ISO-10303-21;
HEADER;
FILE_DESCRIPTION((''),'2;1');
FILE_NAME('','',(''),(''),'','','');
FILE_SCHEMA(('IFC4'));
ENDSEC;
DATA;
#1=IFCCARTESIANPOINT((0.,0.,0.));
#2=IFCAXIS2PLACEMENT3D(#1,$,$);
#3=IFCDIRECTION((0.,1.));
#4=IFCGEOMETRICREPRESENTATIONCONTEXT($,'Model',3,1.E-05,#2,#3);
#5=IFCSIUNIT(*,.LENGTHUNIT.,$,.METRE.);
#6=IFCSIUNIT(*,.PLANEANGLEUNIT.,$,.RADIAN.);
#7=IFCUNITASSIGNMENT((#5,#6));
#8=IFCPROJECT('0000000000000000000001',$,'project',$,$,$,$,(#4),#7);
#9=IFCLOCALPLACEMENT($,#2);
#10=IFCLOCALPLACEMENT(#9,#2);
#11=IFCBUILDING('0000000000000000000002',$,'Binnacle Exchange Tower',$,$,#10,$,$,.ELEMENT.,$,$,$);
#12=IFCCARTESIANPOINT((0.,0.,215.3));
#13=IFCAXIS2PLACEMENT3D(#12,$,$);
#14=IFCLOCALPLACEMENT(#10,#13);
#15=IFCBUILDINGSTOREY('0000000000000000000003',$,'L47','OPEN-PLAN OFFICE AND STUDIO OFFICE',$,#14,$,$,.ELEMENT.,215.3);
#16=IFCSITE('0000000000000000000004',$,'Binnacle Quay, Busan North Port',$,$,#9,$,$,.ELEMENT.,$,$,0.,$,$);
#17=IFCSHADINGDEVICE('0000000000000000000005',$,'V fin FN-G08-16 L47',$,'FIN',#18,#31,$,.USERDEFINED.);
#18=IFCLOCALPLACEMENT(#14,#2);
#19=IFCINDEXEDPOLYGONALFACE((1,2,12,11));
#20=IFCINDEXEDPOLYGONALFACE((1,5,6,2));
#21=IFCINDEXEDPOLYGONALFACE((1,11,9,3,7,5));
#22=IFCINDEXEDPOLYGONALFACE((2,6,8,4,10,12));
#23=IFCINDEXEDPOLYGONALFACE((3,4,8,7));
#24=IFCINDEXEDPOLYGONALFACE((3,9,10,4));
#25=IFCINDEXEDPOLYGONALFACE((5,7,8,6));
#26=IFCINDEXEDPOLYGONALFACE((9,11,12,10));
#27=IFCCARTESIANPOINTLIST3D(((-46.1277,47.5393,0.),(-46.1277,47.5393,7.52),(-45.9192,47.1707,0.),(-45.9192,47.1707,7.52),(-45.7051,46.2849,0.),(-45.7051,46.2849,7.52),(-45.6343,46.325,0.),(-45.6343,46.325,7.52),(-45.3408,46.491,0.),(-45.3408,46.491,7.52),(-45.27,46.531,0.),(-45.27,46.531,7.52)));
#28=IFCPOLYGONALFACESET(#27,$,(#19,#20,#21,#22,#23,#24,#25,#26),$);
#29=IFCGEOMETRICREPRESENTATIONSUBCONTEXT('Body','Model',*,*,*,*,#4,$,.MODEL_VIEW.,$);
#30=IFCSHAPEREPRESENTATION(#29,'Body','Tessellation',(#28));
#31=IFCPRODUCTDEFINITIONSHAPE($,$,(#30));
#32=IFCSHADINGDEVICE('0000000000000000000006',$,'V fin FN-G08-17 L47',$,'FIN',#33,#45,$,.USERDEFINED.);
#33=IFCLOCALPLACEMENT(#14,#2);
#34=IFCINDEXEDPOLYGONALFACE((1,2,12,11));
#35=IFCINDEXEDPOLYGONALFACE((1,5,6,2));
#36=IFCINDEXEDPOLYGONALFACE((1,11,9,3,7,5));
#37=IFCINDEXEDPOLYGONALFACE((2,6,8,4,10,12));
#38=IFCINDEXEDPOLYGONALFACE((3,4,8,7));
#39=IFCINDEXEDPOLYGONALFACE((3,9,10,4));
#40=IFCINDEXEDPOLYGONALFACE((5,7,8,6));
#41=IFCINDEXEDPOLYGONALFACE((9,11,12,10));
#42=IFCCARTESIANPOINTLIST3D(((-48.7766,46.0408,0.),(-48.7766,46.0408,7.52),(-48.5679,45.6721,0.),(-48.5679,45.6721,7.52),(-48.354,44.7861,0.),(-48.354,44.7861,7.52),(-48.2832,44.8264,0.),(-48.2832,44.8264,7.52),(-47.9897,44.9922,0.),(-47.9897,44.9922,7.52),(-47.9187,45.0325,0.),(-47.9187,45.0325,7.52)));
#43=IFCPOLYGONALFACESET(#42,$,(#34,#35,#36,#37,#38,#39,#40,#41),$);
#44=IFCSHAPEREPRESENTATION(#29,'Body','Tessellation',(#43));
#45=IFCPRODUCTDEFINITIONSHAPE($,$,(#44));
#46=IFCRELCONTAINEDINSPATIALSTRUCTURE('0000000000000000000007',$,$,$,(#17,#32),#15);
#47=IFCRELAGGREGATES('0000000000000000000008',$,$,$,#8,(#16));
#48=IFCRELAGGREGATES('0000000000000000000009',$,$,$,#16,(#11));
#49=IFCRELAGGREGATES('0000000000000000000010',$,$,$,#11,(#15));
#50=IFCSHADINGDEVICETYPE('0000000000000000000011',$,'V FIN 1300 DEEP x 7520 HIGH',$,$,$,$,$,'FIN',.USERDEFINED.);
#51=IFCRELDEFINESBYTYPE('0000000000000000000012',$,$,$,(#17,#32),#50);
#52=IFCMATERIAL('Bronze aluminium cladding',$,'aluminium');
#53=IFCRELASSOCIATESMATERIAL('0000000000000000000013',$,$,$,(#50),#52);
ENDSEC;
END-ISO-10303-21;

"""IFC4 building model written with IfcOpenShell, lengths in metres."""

from ifc_helpers import new_model, si_unit, direction, frame, origin, place, context, subcontext, project, spatial, polyline, outline, extrude, material, type_object, element, save


model = new_model("IFC4")

# Units and contexts
model_context = context("Model", 3, precision=1e-05, world=origin(), true_north=direction((0.0, 1.0)))
body_context = subcontext(model_context, "Body", "Model", "MODEL_VIEW")
ifc_project = project(units=[si_unit("LENGTHUNIT", "METRE"), si_unit("PLANEANGLEUNIT", "RADIAN")], contexts=[model_context])

# Site, building, storey
site_placement = place(None, origin())
site = spatial("IfcSite", under=ifc_project, at=site_placement, Name="Binnacle Quay, Busan North Port", CompositionType="ELEMENT", RefElevation=0.0)
building_placement = place(site_placement, origin())
building = spatial("IfcBuilding", under=site, at=building_placement, Name="Binnacle Exchange Tower", CompositionType="ELEMENT")
storey_placement = place(building_placement, frame((0.0, 0.0, 215.3)))
storey = spatial("IfcBuildingStorey", under=building, at=storey_placement, Name="L47", Description="OPEN-PLAN OFFICE AND STUDIO OFFICE", CompositionType="ELEMENT", Elevation=215.3)

# Shading devices
ifc_material_1 = material(Name="Bronze aluminium cladding", Category="aluminium")
shading_device_type = type_object("IfcShadingDeviceType", Name="V FIN 1300 DEEP x 7520 HIGH", ElementType="FIN", PredefinedType="USERDEFINED", material=ifc_material_1)
shading_device_1_placement = place(storey_placement, origin())
element("IfcShadingDevice", 1, at=shading_device_1_placement, inside=storey, type_object=shading_device_type, Name="V fin FN-G08-16 L47", ObjectType="FIN", PredefinedType="USERDEFINED", context=body_context, shape_type="SweptSolid", body=[
    extrude(outline(polyline([(-45.27, 46.531), (-46.1277, 47.5393), (-45.7051, 46.2849), (-45.6343, 46.325), (-45.9192, 47.1707), (-45.3408, 46.491), (-45.27, 46.531)])), origin(), (0.0, 0.0, 1.0), 7.52),
])
shading_device_2_placement = place(storey_placement, origin())
element("IfcShadingDevice", 2, at=shading_device_2_placement, inside=storey, type_object=shading_device_type, Name="V fin FN-G08-17 L47", ObjectType="FIN", PredefinedType="USERDEFINED", context=body_context, shape_type="SweptSolid", body=[
    extrude(outline(polyline([(-47.9187, 45.0325), (-48.7766, 46.0408), (-48.354, 44.7861), (-48.2832, 44.8264), (-48.5679, 45.6721), (-47.9897, 44.9922), (-47.9187, 45.0325)])), origin(), (0.0, 0.0, 1.0), 7.52),
])

save(model, "model.ifc")
